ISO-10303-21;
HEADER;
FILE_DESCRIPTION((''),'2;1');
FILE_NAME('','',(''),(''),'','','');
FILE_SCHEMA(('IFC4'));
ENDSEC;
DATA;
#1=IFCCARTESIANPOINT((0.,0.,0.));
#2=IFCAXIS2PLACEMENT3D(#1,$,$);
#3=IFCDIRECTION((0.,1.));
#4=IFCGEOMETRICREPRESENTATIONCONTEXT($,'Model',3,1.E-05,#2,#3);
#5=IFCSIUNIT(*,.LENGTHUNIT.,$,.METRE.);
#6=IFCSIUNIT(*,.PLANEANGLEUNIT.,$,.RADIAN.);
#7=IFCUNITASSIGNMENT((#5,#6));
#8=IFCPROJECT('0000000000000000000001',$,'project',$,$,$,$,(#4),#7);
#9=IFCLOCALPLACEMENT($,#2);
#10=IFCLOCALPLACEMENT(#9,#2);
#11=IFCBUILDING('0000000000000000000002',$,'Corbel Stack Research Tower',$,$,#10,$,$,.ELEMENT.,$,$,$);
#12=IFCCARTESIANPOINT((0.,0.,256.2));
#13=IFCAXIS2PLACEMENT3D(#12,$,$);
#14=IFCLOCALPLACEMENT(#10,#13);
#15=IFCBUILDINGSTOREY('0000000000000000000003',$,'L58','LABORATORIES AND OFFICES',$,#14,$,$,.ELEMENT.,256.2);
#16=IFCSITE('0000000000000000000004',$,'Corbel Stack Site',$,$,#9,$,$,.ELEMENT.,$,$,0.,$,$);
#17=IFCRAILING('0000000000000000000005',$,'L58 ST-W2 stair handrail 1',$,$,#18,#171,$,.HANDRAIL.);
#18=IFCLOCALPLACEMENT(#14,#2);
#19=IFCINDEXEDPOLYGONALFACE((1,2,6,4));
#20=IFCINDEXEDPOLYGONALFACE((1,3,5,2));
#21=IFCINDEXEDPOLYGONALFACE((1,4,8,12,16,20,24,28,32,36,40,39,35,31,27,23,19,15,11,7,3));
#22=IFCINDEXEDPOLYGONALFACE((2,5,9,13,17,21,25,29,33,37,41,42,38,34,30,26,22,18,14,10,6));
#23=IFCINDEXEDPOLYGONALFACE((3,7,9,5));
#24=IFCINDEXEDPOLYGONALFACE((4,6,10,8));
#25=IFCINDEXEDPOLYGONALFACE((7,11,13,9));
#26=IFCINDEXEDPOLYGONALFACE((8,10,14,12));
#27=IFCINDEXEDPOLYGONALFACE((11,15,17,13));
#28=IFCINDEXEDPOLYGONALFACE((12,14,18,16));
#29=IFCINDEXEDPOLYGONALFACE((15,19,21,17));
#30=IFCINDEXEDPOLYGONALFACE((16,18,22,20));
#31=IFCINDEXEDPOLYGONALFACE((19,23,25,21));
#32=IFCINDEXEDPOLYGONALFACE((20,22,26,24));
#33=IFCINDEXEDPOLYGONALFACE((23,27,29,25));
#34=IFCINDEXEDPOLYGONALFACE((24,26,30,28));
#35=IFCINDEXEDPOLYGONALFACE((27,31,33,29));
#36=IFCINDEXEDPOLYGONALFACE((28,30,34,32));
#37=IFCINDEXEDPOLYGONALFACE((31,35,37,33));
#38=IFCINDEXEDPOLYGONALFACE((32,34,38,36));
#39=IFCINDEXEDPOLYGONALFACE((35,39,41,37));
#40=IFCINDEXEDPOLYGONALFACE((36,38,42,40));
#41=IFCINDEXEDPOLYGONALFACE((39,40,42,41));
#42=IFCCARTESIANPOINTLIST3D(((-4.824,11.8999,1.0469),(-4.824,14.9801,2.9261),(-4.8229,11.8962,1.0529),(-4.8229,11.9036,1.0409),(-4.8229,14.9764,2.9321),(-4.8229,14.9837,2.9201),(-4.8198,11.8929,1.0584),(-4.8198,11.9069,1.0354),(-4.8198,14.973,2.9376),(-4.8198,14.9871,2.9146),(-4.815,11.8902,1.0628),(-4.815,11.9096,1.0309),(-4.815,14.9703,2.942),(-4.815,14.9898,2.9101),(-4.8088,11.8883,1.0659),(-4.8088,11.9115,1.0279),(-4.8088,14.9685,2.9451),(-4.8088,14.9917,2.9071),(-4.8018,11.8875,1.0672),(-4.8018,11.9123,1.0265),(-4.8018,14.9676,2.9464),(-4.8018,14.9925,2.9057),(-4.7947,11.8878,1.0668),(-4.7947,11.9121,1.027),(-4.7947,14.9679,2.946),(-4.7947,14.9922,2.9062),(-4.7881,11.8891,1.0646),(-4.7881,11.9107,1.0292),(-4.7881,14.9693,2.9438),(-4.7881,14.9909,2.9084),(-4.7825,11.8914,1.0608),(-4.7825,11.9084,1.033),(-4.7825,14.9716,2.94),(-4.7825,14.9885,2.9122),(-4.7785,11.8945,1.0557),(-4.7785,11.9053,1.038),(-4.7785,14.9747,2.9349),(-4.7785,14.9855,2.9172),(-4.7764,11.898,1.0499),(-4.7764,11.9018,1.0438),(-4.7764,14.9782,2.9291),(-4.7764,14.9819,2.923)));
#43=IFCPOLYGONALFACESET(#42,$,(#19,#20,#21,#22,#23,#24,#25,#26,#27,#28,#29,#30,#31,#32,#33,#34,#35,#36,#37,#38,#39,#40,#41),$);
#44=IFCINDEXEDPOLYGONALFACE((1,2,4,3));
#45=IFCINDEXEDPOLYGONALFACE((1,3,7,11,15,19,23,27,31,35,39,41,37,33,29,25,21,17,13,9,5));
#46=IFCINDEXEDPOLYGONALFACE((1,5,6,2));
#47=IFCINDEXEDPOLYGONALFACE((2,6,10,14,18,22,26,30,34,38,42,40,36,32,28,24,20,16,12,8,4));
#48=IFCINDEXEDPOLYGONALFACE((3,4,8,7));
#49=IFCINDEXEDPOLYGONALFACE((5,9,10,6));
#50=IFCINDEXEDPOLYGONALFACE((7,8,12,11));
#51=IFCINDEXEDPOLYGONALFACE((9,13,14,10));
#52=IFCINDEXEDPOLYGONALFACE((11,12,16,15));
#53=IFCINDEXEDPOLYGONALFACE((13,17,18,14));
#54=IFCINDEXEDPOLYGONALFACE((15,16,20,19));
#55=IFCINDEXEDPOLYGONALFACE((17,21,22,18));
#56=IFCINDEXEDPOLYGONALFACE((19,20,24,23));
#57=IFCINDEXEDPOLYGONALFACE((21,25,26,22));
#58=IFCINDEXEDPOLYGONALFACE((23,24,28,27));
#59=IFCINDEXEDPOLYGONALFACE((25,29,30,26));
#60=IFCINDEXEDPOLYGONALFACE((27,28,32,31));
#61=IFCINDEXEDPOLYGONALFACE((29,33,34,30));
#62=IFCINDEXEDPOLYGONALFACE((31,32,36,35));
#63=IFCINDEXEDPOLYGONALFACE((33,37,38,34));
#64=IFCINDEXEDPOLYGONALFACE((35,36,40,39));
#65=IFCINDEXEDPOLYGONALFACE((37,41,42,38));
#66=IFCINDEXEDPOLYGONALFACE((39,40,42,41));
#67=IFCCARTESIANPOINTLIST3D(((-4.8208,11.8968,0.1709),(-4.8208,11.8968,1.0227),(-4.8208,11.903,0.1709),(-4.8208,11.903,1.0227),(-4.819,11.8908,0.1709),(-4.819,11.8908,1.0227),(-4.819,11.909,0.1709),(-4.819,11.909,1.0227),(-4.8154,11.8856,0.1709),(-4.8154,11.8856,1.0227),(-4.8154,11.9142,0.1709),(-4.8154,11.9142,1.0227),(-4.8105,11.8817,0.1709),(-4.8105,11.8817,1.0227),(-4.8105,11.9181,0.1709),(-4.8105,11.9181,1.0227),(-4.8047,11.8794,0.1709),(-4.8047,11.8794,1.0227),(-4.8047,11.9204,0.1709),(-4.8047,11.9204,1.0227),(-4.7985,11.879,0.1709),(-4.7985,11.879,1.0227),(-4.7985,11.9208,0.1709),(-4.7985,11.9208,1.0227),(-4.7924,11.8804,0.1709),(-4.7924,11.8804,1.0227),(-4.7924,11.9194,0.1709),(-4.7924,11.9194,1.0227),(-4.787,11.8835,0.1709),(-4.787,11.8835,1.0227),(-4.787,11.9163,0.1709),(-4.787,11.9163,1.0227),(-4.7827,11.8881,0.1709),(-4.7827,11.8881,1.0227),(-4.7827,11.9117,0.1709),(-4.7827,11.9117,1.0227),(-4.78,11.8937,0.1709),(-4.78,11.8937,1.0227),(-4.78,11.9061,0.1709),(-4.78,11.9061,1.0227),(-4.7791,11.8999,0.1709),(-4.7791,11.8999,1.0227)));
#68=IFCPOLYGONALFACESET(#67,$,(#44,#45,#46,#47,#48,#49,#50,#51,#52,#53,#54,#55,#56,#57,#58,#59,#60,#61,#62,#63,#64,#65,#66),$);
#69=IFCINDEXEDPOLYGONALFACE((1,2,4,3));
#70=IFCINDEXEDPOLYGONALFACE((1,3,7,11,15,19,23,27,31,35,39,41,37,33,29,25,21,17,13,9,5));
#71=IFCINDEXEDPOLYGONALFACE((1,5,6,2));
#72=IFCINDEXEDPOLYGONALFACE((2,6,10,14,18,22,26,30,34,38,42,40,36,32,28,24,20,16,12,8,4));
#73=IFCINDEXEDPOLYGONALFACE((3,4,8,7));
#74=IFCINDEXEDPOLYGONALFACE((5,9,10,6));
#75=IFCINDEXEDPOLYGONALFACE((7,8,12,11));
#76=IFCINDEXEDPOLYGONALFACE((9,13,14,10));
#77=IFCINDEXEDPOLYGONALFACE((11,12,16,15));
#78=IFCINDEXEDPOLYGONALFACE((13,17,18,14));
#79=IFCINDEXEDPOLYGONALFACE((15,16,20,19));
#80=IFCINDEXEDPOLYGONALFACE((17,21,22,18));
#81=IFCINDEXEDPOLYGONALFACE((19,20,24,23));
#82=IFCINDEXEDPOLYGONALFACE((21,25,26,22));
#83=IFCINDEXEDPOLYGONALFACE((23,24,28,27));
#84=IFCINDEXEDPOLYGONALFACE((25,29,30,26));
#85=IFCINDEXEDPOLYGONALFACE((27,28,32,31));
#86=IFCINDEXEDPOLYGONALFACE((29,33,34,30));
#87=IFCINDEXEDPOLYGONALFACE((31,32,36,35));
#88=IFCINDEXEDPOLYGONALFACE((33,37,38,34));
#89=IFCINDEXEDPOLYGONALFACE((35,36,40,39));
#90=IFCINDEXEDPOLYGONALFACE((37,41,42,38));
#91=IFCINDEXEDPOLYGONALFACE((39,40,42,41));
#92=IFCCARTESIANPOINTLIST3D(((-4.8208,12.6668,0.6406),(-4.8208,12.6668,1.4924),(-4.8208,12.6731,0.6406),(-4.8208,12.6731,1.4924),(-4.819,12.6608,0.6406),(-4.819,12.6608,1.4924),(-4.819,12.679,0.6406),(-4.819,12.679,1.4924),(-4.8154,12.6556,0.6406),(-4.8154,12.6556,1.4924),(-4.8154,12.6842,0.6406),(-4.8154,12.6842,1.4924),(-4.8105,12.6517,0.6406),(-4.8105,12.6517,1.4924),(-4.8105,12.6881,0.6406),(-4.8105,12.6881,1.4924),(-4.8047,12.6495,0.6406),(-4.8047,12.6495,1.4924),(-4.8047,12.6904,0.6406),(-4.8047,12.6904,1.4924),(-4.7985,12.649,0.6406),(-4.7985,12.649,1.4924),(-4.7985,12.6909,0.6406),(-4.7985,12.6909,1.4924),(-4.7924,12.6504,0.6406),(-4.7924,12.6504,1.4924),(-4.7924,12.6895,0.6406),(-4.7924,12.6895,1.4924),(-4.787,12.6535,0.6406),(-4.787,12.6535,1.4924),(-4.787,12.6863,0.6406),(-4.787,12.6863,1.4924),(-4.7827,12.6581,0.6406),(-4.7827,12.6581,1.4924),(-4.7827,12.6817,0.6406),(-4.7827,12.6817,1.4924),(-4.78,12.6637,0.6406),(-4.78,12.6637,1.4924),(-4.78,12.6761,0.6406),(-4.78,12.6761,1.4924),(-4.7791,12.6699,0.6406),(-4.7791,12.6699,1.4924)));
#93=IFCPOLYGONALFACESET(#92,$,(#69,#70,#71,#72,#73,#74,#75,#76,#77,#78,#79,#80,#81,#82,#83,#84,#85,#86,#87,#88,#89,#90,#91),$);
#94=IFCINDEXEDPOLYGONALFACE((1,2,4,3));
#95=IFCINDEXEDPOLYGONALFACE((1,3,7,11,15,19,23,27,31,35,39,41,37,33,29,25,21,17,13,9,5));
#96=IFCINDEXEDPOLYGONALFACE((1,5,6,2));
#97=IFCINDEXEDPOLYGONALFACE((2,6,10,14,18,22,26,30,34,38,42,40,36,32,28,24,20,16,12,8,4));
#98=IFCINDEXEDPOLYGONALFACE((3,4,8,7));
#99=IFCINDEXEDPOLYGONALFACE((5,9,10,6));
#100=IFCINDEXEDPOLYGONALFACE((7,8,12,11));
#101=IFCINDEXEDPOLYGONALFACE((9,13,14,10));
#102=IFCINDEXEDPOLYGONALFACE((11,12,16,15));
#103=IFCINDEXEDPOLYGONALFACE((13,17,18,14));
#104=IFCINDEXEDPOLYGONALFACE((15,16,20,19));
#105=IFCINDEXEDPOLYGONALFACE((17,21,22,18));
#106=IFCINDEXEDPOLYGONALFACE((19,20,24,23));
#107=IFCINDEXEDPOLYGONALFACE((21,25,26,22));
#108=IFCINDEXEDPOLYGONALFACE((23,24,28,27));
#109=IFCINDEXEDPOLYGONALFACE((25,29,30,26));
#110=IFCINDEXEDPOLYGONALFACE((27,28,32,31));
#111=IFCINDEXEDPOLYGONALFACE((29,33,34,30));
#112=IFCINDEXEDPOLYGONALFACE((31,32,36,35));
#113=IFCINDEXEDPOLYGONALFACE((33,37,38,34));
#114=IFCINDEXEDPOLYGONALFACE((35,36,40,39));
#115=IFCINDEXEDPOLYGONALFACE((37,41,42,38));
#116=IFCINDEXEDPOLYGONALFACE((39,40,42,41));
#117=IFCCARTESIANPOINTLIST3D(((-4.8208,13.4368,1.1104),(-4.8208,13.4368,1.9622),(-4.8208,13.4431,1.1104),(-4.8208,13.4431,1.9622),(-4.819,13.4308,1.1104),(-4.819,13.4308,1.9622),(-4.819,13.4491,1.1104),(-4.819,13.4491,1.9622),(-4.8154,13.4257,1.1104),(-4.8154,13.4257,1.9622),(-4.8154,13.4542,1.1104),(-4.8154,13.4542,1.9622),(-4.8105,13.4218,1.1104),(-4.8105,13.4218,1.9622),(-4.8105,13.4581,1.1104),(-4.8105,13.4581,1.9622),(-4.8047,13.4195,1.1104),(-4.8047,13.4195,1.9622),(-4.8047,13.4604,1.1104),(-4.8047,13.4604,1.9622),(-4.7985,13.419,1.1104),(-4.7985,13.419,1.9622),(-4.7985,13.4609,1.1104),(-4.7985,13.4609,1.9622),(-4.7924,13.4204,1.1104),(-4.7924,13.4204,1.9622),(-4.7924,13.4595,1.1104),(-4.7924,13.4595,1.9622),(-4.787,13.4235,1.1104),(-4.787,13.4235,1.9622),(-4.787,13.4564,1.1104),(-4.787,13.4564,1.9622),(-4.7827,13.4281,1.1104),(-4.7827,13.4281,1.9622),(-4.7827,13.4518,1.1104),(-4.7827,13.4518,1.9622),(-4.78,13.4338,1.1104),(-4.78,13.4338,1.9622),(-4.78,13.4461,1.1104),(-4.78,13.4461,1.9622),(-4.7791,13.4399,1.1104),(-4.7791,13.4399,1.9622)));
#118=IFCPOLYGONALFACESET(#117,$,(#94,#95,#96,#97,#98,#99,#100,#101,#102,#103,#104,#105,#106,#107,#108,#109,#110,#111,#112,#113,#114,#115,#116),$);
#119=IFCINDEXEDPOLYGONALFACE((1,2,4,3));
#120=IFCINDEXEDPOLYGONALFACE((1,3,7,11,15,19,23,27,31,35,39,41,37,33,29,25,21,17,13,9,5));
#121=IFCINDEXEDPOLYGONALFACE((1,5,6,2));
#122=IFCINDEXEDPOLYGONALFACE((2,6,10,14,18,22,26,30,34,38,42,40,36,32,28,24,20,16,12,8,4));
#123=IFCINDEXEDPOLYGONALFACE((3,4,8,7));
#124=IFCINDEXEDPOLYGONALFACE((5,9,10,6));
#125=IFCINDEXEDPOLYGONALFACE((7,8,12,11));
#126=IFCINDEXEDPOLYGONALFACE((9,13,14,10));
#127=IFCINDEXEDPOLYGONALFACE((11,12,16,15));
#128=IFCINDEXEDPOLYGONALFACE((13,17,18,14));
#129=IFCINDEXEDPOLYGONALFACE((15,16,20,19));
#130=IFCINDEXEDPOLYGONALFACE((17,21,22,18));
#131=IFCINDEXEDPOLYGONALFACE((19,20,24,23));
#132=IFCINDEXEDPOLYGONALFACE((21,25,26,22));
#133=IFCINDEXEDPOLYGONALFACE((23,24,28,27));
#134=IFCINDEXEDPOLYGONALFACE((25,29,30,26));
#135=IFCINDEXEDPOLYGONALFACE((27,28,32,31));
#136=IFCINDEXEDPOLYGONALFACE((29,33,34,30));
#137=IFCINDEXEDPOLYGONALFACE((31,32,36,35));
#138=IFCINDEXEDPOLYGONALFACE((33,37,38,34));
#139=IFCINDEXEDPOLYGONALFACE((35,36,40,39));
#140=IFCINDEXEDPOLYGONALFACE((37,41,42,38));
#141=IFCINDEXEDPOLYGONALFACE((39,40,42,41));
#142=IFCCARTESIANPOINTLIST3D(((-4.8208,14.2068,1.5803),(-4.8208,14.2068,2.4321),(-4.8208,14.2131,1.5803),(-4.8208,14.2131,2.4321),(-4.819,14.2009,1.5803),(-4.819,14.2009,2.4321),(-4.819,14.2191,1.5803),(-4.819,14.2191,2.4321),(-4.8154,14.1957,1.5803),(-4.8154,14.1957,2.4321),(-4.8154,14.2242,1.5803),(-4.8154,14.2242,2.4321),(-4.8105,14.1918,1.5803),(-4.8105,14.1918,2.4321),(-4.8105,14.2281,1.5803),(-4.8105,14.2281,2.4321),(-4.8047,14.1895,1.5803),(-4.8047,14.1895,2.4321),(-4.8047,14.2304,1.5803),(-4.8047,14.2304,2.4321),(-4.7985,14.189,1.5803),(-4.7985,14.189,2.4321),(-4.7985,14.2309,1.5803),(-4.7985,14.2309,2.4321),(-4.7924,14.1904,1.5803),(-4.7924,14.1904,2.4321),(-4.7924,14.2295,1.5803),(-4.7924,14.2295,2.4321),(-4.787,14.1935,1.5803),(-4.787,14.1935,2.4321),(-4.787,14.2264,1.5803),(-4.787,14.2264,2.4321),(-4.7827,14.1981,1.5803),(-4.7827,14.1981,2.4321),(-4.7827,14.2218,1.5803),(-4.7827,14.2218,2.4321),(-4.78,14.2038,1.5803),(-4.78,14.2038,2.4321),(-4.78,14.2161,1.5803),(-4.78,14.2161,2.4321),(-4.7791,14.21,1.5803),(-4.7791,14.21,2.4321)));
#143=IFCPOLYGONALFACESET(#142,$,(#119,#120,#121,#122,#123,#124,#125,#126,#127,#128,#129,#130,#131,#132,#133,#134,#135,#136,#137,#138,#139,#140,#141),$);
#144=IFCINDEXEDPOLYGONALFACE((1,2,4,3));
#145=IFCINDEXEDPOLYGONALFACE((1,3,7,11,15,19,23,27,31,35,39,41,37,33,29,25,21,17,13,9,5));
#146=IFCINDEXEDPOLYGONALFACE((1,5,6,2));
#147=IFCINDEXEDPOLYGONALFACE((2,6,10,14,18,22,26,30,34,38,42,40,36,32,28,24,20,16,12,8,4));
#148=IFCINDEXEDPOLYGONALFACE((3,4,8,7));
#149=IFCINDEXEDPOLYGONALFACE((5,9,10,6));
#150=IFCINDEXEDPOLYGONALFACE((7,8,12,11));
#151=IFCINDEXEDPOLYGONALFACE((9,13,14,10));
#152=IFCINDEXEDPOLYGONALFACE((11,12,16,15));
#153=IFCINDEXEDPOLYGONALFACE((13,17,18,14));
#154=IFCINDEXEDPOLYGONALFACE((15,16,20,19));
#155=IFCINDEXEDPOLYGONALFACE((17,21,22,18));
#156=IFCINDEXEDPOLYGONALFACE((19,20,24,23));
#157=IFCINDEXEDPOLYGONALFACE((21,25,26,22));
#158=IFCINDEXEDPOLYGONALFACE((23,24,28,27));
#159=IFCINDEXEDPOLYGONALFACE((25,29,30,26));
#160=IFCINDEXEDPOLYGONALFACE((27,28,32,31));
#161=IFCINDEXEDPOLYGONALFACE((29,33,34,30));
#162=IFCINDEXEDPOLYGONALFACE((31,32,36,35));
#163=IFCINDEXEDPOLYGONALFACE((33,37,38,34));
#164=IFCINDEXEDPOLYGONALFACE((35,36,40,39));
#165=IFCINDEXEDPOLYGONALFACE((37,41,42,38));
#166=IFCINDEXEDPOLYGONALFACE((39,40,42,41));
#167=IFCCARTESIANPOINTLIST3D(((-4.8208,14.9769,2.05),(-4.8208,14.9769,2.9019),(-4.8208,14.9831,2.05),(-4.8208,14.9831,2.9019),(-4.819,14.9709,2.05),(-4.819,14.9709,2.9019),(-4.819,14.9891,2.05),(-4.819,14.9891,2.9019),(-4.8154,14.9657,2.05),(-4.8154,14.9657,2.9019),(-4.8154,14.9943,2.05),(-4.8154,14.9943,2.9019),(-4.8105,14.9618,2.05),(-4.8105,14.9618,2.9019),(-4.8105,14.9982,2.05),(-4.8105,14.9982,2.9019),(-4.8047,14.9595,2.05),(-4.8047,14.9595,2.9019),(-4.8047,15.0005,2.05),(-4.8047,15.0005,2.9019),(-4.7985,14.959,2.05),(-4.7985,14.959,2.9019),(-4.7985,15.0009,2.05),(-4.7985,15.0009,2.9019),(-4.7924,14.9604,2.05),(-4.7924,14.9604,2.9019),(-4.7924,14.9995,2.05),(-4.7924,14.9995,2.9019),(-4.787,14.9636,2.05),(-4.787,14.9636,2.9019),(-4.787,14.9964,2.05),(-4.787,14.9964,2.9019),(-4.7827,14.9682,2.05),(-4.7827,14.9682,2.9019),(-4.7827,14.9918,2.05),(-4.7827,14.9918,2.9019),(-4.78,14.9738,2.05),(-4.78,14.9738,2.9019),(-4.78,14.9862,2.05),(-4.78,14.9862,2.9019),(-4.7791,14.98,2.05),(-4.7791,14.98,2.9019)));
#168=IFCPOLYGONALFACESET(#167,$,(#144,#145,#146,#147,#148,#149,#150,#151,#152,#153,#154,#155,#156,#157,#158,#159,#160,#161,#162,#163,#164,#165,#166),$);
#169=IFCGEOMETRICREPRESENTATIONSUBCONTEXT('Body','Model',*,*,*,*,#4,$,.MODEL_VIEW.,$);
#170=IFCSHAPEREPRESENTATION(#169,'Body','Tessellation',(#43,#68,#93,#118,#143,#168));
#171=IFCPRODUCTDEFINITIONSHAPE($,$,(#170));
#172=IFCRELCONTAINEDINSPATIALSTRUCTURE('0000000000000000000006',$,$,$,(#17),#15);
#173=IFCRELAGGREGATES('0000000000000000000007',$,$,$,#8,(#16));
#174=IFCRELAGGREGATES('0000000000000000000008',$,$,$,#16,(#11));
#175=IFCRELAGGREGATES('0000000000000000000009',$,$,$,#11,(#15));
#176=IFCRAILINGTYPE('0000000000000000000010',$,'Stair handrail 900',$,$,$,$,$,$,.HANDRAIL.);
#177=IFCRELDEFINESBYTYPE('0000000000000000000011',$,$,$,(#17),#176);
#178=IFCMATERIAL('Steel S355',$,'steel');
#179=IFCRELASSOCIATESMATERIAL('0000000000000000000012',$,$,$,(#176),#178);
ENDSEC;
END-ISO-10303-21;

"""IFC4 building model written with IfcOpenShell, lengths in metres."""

from ifc_helpers import new_model, si_unit, direction, frame, origin, origin_2d, place, context, subcontext, project, spatial, circle, extrude, material, type_object, element, save


model = new_model("IFC4")

# Units and contexts
model_context = context("Model", 3, precision=1e-05, world=origin(), true_north=direction((0.0, 1.0)))
body_context = subcontext(model_context, "Body", "Model", "MODEL_VIEW")
ifc_project = project(units=[si_unit("LENGTHUNIT", "METRE"), si_unit("PLANEANGLEUNIT", "RADIAN")], contexts=[model_context])

# Site, building, storey
site_placement = place(None, origin())
site = spatial("IfcSite", under=ifc_project, at=site_placement, Name="Corbel Stack Site", CompositionType="ELEMENT", RefElevation=0.0)
building_placement = place(site_placement, origin())
building = spatial("IfcBuilding", under=site, at=building_placement, Name="Corbel Stack Research Tower", CompositionType="ELEMENT")
storey_placement = place(building_placement, frame((0.0, 0.0, 256.2)))
storey = spatial("IfcBuildingStorey", under=building, at=storey_placement, Name="L58", Description="LABORATORIES AND OFFICES", CompositionType="ELEMENT", Elevation=256.2)

# Railing
ifc_material_1 = material(Name="Steel S355", Category="steel")
railing_type_1 = type_object("IfcRailingType", Name="Stair handrail 900", PredefinedType="HANDRAIL", material=ifc_material_1)
railing_1_placement = place(storey_placement, frame((-4.8, 11.8999, 0.1709)))
element("IfcRailing", 1, at=railing_1_placement, inside=storey, type_object=railing_type_1, Name="L58 ST-W2 stair handrail 1", PredefinedType="HANDRAIL", context=body_context, shape_type="SweptSolid", body=[
    extrude(circle(Radius=0.0239, at=origin_2d()), frame((0.0, 0.0, 0.876), z_axis=(0.0, 0.853666, 0.52082), x_axis=(-1.0, 0.0, 0.0)), (0.0, 0.0, 1.0), 3.6082),
    extrude(circle(Radius=0.021, at=origin_2d()), origin(), (0.0, 0.0, 1.0), 0.8518),
    extrude(circle(Radius=0.021, at=origin_2d()), frame((0.0, 0.77, 0.4697)), (0.0, 0.0, 1.0), 0.8518),
    extrude(circle(Radius=0.021, at=origin_2d()), frame((0.0, 1.54, 0.9395)), (0.0, 0.0, 1.0), 0.8518),
    extrude(circle(Radius=0.021, at=origin_2d()), frame((0.0, 2.3101, 1.4094)), (0.0, 0.0, 1.0), 0.8518),
    extrude(circle(Radius=0.021, at=origin_2d()), frame((0.0, 3.0801, 1.8792)), (0.0, 0.0, 1.0), 0.8518),
])

save(model, "model.ifc")
